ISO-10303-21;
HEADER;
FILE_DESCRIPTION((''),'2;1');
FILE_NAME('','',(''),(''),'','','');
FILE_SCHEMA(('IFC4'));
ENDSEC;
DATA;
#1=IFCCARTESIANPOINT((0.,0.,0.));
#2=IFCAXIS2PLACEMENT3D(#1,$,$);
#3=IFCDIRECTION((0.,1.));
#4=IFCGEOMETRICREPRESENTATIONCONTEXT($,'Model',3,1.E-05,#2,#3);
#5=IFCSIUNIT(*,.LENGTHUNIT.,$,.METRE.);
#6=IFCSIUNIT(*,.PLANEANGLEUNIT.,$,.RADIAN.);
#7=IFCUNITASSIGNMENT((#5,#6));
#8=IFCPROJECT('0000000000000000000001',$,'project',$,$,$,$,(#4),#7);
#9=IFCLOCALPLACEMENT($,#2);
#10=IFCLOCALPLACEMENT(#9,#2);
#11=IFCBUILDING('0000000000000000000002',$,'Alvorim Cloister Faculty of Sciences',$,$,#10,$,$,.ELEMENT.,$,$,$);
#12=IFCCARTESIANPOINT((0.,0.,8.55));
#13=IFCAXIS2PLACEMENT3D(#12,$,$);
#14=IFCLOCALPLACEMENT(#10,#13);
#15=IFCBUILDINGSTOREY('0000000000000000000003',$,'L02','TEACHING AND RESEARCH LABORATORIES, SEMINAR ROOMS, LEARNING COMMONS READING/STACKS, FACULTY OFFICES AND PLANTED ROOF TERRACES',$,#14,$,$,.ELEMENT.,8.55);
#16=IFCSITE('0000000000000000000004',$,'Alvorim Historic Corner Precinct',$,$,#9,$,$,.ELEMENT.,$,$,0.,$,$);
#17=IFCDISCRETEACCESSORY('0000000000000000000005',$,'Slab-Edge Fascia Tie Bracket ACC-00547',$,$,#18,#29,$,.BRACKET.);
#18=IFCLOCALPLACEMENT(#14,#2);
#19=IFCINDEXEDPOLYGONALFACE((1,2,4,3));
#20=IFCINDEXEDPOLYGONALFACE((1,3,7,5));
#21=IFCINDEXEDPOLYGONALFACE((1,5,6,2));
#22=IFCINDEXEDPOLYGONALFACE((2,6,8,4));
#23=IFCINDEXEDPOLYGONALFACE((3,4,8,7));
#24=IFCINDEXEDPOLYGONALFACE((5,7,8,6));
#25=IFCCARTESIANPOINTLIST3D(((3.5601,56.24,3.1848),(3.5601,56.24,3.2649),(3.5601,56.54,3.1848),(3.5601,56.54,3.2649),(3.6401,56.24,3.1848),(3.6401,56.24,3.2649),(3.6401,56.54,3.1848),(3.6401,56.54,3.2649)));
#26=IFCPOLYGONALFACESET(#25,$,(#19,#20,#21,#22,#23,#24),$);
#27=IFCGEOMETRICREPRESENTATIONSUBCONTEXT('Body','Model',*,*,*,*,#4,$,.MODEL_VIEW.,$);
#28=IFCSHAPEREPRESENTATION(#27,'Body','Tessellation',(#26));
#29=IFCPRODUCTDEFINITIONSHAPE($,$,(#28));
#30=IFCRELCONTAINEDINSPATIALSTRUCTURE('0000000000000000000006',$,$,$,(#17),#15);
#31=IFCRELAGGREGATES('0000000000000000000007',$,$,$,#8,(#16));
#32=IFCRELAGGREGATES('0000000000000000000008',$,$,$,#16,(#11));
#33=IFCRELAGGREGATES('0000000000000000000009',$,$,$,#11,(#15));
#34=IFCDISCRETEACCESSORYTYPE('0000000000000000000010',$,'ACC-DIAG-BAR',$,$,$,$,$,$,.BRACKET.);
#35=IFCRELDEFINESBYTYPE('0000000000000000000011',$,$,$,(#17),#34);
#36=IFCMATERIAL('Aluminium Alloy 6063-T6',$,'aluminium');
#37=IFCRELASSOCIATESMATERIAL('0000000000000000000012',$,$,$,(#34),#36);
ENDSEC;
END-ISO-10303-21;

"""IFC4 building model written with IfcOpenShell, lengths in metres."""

from ifc_helpers import new_model, si_unit, direction, frame, origin, origin_2d, place, context, subcontext, project, spatial, rectangle, extrude, material, type_object, element, save


model = new_model("IFC4")

# Units and contexts
model_context = context("Model", 3, precision=1e-05, world=origin(), true_north=direction((0.0, 1.0)))
body_context = subcontext(model_context, "Body", "Model", "MODEL_VIEW")
ifc_project = project(units=[si_unit("LENGTHUNIT", "METRE"), si_unit("PLANEANGLEUNIT", "RADIAN")], contexts=[model_context])

# Site, building, storey
site_placement = place(None, origin())
site = spatial("IfcSite", under=ifc_project, at=site_placement, Name="Alvorim Historic Corner Precinct", CompositionType="ELEMENT", RefElevation=0.0)
building_placement = place(site_placement, origin())
building = spatial("IfcBuilding", under=site, at=building_placement, Name="Alvorim Cloister Faculty of Sciences", CompositionType="ELEMENT")
storey_placement = place(building_placement, frame((0.0, 0.0, 8.55)))
storey = spatial("IfcBuildingStorey", under=building, at=storey_placement, Name="L02", Description="TEACHING AND RESEARCH LABORATORIES, SEMINAR ROOMS, LEARNING COMMONS READING/STACKS, FACULTY OFFICES AND PLANTED ROOF TERRACES", CompositionType="ELEMENT", Elevation=8.55)

# Shared definitions
ifc_material_1 = material(Name="Aluminium Alloy 6063-T6", Category="aluminium")

# Discrete accessory
discrete_accessory_type = type_object("IfcDiscreteAccessoryType", Name="ACC-DIAG-BAR", PredefinedType="BRACKET", material=ifc_material_1)
discrete_accessory_placement = place(storey_placement, frame((3.6001, 56.54, 3.2249), z_axis=(0.0, -1.0, 0.0), x_axis=(1.0, 0.0, 0.0)))
element("IfcDiscreteAccessory", 1, at=discrete_accessory_placement, inside=storey, type_object=discrete_accessory_type, Name="Slab-Edge Fascia Tie Bracket ACC-00547", PredefinedType="BRACKET", context=body_context, shape_type="SweptSolid", body=[
    extrude(rectangle(XDim=0.0801, YDim=0.0801, at=origin_2d()), origin(), (0.0, 0.0, 1.0), 0.3),
])

save(model, "model.ifc")
